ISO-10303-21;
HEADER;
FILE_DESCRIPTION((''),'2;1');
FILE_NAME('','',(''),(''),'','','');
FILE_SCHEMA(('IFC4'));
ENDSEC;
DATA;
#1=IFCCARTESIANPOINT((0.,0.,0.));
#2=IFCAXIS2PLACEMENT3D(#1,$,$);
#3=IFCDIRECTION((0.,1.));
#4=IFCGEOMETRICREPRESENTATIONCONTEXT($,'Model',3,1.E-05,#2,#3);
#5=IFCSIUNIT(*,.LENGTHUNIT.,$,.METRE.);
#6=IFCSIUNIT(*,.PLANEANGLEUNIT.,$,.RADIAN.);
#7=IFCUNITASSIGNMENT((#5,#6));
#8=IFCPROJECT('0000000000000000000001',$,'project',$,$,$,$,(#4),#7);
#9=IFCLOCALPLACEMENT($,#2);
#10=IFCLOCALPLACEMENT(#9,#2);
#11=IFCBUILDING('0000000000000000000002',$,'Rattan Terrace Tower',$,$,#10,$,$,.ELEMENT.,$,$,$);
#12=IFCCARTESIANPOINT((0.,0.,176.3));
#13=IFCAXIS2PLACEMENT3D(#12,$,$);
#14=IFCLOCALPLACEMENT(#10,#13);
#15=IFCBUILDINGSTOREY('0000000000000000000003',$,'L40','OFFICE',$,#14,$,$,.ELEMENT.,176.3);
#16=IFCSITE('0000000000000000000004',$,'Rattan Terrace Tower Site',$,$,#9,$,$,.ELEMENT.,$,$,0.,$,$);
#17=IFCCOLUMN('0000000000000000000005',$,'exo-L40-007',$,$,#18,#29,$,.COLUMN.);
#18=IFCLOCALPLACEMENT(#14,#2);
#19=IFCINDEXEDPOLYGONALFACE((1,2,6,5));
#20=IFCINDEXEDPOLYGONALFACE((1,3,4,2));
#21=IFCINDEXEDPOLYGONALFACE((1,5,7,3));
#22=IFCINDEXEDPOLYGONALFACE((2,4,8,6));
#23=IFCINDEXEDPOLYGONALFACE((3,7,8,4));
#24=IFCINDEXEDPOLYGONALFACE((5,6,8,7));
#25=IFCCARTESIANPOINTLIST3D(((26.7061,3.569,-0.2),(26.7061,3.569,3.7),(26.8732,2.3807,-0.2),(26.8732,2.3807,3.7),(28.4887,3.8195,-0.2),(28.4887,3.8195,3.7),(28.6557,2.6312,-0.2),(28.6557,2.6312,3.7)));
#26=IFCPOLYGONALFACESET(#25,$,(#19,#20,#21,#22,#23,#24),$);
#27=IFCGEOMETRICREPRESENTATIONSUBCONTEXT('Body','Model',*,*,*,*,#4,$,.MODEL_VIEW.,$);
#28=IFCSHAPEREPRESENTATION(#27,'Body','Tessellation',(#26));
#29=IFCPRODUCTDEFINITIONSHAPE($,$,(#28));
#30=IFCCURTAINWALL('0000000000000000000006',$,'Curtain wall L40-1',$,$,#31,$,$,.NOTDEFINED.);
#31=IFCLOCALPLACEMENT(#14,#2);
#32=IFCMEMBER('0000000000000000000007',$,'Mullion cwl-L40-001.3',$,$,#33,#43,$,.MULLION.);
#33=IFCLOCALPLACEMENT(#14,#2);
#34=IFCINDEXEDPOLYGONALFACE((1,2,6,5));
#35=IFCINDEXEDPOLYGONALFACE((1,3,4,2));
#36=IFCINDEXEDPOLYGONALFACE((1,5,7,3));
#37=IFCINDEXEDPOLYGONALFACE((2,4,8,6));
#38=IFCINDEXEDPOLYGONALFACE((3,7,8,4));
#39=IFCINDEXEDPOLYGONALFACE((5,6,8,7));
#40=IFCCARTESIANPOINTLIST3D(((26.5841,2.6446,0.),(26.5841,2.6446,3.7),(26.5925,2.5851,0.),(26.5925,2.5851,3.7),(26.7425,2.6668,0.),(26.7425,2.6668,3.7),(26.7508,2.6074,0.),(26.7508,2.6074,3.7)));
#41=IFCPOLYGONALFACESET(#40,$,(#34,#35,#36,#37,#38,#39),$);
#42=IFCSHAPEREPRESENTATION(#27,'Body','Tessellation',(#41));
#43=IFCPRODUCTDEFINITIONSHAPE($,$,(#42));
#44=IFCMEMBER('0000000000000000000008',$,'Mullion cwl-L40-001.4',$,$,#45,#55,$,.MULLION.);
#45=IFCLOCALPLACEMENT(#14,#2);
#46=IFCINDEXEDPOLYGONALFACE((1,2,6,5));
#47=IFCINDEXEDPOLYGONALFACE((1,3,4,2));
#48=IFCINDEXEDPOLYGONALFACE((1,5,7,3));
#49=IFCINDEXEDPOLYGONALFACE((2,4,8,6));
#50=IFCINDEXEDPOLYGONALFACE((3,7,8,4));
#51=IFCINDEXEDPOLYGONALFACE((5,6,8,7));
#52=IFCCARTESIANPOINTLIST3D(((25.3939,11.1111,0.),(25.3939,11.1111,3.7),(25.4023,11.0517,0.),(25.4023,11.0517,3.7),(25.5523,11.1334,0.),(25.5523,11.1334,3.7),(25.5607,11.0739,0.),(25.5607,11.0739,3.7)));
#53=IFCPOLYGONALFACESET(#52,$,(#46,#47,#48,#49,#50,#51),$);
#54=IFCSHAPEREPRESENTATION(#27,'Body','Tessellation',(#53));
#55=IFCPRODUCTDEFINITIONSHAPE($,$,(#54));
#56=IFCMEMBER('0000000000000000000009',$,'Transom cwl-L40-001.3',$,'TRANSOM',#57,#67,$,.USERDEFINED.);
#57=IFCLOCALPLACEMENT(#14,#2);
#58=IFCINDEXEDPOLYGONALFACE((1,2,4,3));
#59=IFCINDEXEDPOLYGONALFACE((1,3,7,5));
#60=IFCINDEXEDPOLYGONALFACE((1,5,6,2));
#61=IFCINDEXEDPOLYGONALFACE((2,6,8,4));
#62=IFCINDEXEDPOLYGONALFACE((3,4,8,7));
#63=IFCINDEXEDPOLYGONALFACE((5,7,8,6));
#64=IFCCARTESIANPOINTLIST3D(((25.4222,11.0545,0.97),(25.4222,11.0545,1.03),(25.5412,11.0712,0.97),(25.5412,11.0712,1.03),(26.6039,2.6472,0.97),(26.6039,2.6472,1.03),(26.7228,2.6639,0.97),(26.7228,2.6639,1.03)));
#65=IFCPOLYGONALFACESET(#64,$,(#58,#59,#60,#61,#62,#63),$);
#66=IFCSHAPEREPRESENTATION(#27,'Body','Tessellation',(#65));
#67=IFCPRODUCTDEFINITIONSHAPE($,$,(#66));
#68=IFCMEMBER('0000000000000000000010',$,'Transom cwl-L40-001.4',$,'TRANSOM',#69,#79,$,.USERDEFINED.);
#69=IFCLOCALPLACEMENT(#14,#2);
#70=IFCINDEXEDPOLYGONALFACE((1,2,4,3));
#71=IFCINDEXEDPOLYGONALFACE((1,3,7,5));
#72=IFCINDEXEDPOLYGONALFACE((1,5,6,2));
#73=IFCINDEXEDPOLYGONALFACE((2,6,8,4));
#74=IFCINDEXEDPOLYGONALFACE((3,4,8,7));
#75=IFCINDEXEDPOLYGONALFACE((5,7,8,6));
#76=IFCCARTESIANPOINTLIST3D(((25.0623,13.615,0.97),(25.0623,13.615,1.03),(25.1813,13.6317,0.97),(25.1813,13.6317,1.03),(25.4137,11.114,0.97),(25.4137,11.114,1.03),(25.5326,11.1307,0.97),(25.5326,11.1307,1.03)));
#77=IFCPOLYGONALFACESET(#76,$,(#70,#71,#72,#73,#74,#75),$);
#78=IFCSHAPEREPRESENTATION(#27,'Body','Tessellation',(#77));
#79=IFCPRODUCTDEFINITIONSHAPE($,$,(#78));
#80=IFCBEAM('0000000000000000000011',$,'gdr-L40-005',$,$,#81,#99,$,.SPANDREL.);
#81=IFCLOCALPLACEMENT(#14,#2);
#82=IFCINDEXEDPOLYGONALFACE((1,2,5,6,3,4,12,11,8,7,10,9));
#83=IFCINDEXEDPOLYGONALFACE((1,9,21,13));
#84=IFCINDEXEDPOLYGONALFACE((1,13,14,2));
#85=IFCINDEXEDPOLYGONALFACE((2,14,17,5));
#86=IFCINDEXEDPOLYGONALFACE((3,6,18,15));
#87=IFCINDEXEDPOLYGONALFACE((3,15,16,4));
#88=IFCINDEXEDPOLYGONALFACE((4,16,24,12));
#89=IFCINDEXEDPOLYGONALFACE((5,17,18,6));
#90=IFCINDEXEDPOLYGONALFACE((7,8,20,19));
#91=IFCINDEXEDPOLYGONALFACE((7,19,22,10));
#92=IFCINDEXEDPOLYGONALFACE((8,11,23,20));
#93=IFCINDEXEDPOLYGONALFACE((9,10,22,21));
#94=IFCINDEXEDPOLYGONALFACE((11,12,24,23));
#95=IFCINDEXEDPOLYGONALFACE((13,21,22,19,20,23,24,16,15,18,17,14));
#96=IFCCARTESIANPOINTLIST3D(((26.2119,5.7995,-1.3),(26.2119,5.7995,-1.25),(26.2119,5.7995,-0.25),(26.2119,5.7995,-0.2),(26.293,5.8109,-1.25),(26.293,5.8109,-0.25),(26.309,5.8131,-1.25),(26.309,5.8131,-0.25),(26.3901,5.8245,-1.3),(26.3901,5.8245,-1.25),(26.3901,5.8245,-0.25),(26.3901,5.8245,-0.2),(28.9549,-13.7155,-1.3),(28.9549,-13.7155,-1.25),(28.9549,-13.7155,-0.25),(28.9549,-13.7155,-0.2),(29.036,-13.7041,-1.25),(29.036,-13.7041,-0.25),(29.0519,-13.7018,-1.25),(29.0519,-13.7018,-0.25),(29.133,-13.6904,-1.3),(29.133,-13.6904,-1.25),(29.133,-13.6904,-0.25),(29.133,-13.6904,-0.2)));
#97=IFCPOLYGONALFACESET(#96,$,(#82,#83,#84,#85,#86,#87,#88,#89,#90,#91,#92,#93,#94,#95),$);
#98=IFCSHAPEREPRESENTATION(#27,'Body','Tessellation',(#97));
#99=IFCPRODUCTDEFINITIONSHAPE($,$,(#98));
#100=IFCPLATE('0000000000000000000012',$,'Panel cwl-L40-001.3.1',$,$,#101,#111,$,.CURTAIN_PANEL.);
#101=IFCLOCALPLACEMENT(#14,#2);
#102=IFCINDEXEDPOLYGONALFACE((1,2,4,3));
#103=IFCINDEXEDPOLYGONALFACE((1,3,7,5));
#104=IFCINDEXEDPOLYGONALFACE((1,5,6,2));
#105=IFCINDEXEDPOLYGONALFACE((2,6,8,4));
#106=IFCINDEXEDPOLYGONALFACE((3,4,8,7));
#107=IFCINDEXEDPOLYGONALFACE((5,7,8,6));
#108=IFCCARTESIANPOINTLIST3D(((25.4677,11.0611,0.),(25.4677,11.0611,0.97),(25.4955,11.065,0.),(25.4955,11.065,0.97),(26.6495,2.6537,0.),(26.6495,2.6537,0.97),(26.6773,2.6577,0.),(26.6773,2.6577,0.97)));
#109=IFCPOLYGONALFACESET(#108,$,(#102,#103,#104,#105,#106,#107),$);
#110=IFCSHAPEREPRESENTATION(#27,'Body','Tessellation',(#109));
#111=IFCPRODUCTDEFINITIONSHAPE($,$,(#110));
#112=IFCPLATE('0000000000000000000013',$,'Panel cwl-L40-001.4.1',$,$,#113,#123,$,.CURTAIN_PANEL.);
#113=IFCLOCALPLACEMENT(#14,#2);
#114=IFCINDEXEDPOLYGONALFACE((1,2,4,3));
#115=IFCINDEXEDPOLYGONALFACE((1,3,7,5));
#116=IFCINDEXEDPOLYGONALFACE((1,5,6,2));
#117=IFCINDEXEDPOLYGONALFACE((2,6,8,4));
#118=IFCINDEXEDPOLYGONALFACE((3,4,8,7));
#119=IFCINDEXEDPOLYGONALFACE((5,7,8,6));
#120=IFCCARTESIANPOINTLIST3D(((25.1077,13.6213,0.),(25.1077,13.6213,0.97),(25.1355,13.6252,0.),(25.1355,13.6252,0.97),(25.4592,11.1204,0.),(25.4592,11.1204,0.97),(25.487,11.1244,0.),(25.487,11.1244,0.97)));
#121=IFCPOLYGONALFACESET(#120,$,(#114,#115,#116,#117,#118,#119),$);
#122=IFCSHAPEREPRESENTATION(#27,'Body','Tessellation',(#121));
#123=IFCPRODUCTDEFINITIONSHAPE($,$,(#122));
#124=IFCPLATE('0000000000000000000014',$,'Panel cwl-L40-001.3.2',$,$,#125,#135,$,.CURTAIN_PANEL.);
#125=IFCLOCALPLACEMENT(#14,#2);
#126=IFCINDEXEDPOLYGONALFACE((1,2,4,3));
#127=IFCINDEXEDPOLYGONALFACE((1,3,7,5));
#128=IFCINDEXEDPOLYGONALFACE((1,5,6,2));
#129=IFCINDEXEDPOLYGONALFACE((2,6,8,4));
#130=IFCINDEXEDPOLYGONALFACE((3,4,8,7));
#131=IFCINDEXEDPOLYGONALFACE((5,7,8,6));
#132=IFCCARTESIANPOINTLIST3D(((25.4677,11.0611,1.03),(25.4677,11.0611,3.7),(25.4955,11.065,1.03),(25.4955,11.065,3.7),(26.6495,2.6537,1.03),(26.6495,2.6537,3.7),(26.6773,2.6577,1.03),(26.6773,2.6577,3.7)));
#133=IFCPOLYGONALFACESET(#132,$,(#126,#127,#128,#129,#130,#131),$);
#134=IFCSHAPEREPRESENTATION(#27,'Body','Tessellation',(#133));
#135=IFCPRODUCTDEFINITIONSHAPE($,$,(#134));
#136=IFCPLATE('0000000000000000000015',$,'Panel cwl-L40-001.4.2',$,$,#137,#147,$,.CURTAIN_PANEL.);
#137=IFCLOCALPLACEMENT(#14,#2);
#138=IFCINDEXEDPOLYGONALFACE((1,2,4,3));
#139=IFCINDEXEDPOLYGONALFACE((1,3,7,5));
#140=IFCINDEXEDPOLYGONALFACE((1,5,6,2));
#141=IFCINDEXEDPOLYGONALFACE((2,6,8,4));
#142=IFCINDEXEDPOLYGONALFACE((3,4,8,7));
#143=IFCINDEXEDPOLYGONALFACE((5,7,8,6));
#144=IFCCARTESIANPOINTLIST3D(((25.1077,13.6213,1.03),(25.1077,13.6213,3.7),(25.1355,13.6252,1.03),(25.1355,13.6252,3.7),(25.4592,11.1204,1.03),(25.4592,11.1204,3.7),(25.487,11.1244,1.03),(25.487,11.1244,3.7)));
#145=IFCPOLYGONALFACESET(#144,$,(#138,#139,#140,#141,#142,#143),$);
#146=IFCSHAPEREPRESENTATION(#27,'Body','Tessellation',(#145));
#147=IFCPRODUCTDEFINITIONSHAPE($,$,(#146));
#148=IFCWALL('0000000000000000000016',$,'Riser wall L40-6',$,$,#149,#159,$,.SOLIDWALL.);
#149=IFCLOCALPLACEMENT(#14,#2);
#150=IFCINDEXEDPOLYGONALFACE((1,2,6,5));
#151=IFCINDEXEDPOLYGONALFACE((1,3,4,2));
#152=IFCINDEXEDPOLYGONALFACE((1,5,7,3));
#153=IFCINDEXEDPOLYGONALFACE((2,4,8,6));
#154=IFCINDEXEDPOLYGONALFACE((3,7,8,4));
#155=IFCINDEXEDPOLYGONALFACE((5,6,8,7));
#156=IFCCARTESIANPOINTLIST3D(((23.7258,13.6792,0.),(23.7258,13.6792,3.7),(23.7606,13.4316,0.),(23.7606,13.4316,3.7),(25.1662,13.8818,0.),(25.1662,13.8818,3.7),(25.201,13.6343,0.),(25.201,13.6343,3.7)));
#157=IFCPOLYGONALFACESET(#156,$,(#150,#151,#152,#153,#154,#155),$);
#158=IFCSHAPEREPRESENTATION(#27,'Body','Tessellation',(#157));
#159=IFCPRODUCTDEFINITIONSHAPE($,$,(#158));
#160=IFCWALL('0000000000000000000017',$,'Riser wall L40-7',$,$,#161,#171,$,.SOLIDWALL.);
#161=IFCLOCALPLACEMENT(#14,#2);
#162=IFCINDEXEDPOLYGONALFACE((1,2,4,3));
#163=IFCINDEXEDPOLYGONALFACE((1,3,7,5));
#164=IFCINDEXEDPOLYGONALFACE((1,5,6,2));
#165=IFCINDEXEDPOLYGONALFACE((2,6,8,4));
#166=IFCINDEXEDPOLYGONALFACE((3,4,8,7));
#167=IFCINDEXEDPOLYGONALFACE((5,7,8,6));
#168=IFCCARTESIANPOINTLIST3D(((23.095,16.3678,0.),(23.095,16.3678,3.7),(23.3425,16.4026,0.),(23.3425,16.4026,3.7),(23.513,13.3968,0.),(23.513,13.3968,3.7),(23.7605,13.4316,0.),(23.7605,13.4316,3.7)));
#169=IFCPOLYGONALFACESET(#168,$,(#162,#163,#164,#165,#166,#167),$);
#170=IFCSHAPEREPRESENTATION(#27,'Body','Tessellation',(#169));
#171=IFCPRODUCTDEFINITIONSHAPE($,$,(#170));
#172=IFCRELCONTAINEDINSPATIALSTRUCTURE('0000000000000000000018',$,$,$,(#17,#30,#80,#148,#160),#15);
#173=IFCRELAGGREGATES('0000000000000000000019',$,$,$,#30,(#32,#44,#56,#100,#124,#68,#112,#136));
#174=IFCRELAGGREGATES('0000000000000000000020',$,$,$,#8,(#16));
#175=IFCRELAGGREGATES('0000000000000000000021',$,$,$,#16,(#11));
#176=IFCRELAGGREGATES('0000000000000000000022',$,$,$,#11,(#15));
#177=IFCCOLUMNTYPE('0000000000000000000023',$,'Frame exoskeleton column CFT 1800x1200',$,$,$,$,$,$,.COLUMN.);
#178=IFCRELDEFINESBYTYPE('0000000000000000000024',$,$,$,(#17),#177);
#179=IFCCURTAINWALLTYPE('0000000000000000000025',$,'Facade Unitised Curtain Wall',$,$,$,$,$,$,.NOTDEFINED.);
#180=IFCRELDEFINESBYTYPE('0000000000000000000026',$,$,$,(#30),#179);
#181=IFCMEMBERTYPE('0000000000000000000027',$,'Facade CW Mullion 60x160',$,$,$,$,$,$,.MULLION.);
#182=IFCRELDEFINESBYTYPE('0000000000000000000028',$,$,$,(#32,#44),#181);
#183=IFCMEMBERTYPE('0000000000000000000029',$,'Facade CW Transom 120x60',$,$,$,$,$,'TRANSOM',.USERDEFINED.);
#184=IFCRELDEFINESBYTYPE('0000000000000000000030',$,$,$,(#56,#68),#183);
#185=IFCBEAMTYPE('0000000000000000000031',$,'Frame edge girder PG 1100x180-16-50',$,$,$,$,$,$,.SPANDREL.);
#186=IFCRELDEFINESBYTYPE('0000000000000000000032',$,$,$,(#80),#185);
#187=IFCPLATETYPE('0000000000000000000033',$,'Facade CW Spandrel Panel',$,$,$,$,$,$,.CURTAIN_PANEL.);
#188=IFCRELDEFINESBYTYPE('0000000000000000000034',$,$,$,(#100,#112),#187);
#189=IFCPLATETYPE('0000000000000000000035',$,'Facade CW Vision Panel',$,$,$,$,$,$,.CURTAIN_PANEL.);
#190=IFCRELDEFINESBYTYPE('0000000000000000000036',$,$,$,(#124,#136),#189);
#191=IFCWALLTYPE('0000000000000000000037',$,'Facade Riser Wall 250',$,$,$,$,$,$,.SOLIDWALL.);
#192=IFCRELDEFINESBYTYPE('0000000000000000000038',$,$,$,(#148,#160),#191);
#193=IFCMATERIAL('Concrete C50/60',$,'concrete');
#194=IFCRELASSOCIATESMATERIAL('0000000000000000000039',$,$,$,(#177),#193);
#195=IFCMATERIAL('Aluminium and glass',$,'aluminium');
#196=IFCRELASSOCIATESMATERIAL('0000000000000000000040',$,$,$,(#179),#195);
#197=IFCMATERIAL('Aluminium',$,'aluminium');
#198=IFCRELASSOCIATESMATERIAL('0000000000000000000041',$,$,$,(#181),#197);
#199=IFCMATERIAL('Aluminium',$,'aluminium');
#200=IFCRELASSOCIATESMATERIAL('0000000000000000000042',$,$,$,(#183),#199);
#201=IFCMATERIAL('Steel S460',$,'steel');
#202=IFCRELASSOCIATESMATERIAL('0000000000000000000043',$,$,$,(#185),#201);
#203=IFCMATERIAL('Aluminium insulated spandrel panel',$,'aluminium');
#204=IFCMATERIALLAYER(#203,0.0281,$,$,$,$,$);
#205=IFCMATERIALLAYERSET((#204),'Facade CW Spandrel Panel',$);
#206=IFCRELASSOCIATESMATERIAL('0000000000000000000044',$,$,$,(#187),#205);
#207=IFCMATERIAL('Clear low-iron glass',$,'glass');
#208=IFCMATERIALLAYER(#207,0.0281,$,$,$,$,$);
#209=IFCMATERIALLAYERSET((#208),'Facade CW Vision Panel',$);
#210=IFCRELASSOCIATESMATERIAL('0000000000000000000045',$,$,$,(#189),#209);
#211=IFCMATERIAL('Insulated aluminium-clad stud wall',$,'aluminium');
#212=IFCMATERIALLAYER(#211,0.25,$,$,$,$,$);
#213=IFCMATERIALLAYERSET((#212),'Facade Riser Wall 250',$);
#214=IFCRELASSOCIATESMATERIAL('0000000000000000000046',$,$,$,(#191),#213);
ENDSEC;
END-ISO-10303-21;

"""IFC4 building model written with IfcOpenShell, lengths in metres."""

from ifc_helpers import new_model, si_unit, direction, frame, frame_2d, origin, origin_2d, place, context, subcontext, project, spatial, rectangle, i_section, extrude, material, layer, layer_set, material_profile, profile_set, type_object, element, aggregate, save


model = new_model("IFC4")

# Units and contexts
model_context = context("Model", 3, precision=1e-05, world=origin(), true_north=direction((0.0, 1.0)))
body_context = subcontext(model_context, "Body", "Model", "MODEL_VIEW")
ifc_project = project(units=[si_unit("LENGTHUNIT", "METRE"), si_unit("PLANEANGLEUNIT", "RADIAN")], contexts=[model_context])

# Site, building, storey
site_placement = place(None, origin())
site = spatial("IfcSite", under=ifc_project, at=site_placement, Name="Rattan Terrace Tower Site", CompositionType="ELEMENT", RefElevation=0.0)
building_placement = place(site_placement, origin())
building = spatial("IfcBuilding", under=site, at=building_placement, Name="Rattan Terrace Tower", CompositionType="ELEMENT")
storey_placement = place(building_placement, frame((0.0, 0.0, 176.3)))
storey = spatial("IfcBuildingStorey", under=building, at=storey_placement, Name="L40", Description="OFFICE", CompositionType="ELEMENT", Elevation=176.3)

# Column
ifc_material_1 = material(Name="Concrete C50/60", Category="concrete")
ifc_material_profile_1 = material_profile(ifc_material_1, rectangle(XDim=1.2, YDim=1.8, at=origin_2d()), Name="CFT 1800x1200")
ifc_profile_set_1 = profile_set([ifc_material_profile_1], Name="Concrete C50/60")
column_type = type_object("IfcColumnType", Name="Frame exoskeleton column CFT 1800x1200", PredefinedType="COLUMN", material=ifc_profile_set_1)
column_placement = place(storey_placement, frame((27.6809, 3.1001, -0.2), z_axis=(0.0, 0.0, 1.0), x_axis=(-0.13919, 0.990266, 0.0)))
element("IfcColumn", 1, at=column_placement, inside=storey, type_object=column_type, Name="exo-L40-007", PredefinedType="COLUMN", context=body_context, shape_type="SweptSolid", body=[
    extrude(rectangle(XDim=1.2, YDim=1.8, at=origin_2d()), origin(), (0.0, 0.0, 1.0), 3.8999),
])

# Curtain wall, members
ifc_material_2 = material(Name="Aluminium and glass", Category="aluminium")
curtain_wall_type = type_object("IfcCurtainWallType", Name="Facade Unitised Curtain Wall", PredefinedType="NOTDEFINED", material=ifc_material_2)
curtain_wall_placement = place(storey_placement, origin())
curtain_wall = element("IfcCurtainWall", 2, at=curtain_wall_placement, inside=storey, type_object=curtain_wall_type, Name="Curtain wall L40-1", PredefinedType="NOTDEFINED")
ifc_material_3 = material(Name="Aluminium", Category="aluminium")
ifc_material_profile_2 = material_profile(ifc_material_3, rectangle(XDim=0.0601, YDim=0.1599, at=origin_2d()), Name="Aluminium 60x160")
ifc_profile_set_2 = profile_set([ifc_material_profile_2], Name="Aluminium")
member_type_1 = type_object("IfcMemberType", Name="Facade CW Mullion 60x160", PredefinedType="MULLION", material=ifc_profile_set_2)
member_1_placement = place(storey_placement, frame((26.6675, 2.626, 0.0), z_axis=(0.0, 0.0, 1.0), x_axis=(-0.139191, 0.990266, 0.0)))
member_1 = element("IfcMember", 3, at=member_1_placement, type_object=member_type_1, Name="Mullion cwl-L40-001.3", PredefinedType="MULLION", context=body_context, shape_type="SweptSolid", body=[
    extrude(rectangle(XDim=0.0601, YDim=0.1599, at=origin_2d()), origin(), (0.0, 0.0, 1.0), 3.7),
])
member_2_placement = place(storey_placement, frame((25.4773, 11.0925, 0.0), z_axis=(0.0, 0.0, 1.0), x_axis=(-0.139191, 0.990266, 0.0)))
member_2 = element("IfcMember", 4, at=member_2_placement, type_object=member_type_1, Name="Mullion cwl-L40-001.4", PredefinedType="MULLION", context=body_context, shape_type="SweptSolid", body=[
    extrude(rectangle(XDim=0.0601, YDim=0.1599, at=origin_2d()), origin(), (0.0, 0.0, 1.0), 3.7),
])
ifc_material_4 = material(Name="Aluminium", Category="aluminium")
ifc_material_profile_3 = material_profile(ifc_material_4, rectangle(XDim=0.1201, YDim=0.0601, at=origin_2d()), Name="Aluminium 120x60")
ifc_profile_set_3 = profile_set([ifc_material_profile_3], Name="Aluminium")
member_type_2 = type_object("IfcMemberType", Name="Facade CW Transom 120x60", ElementType="TRANSOM", PredefinedType="USERDEFINED", material=ifc_profile_set_3)
member_3_placement = place(storey_placement, frame((26.6633, 2.6555, 1.0), z_axis=(-0.139179, 0.990267, 0.0), x_axis=(-0.990267, -0.139179, 0.0)))
member_3 = element("IfcMember", 5, at=member_3_placement, type_object=member_type_2, Name="Transom cwl-L40-001.3", ObjectType="TRANSOM", PredefinedType="USERDEFINED", context=body_context, shape_type="SweptSolid", body=[
    extrude(rectangle(XDim=0.1201, YDim=0.0601, at=origin_2d()), origin(), (0.0, 0.0, 1.0), 8.49),
])
member_4_placement = place(storey_placement, frame((25.4731, 11.1223, 1.0), z_axis=(-0.139107, 0.990277, 0.0), x_axis=(-0.990277, -0.139107, 0.0)))
member_4 = element("IfcMember", 6, at=member_4_placement, type_object=member_type_2, Name="Transom cwl-L40-001.4", ObjectType="TRANSOM", PredefinedType="USERDEFINED", context=body_context, shape_type="SweptSolid", body=[
    extrude(rectangle(XDim=0.1201, YDim=0.0601, at=origin_2d()), origin(), (0.0, 0.0, 1.0), 2.5256),
])

# Beam
ifc_material_5 = material(Name="Steel S460", Category="steel")
ifc_material_profile_4 = material_profile(ifc_material_5, i_section(OverallWidth=0.1799, OverallDepth=1.1001, WebThickness=0.0161, FlangeThickness=0.05, at=origin_2d()), Name="PG 1100x180-16-50")
ifc_profile_set_4 = profile_set([ifc_material_profile_4], Name="Steel S460")
beam_type = type_object("IfcBeamType", Name="Frame edge girder PG 1100x180-16-50", PredefinedType="SPANDREL", material=ifc_profile_set_4)
beam_placement = place(storey_placement, frame((26.301, 5.812, -0.75), z_axis=(0.139187, -0.990266, 0.0), x_axis=(0.990266, 0.139187, 0.0)))
element("IfcBeam", 7, at=beam_placement, inside=storey, type_object=beam_type, Name="gdr-L40-005", PredefinedType="SPANDREL", context=body_context, shape_type="SweptSolid", body=[
    extrude(i_section(OverallWidth=0.1799, OverallDepth=1.1001, WebThickness=0.0161, FlangeThickness=0.05, at=origin_2d()), origin(), (0.0, 0.0, 1.0), 19.7068),
])

# Plates
ifc_material_6 = material(Name="Aluminium insulated spandrel panel", Category="aluminium")
ifc_layer_1 = layer(ifc_material_6, 0.0281)
ifc_layer_set_1 = layer_set([ifc_layer_1], Name="Facade CW Spandrel Panel")
plate_type_1 = type_object("IfcPlateType", Name="Facade CW Spandrel Panel", PredefinedType="CURTAIN_PANEL", material=ifc_layer_set_1)
plate_1_placement = place(storey_placement, frame((26.0725, 6.8594, 0.0), z_axis=(0.0, 0.0, 1.0), x_axis=(-0.139191, 0.990266, 0.0)))
plate_1 = element("IfcPlate", 8, at=plate_1_placement, type_object=plate_type_1, Name="Panel cwl-L40-001.3.1", PredefinedType="CURTAIN_PANEL", context=body_context, shape_type="SweptSolid", body=[
    extrude(rectangle(XDim=8.49, YDim=0.0281, at=origin_2d()), origin(), (0.0, 0.0, 1.0), 0.97),
])
plate_2_placement = place(storey_placement, frame((25.2974, 12.3728, 0.0), z_axis=(0.0, 0.0, 1.0), x_axis=(-0.139191, 0.990266, 0.0)))
plate_2 = element("IfcPlate", 9, at=plate_2_placement, type_object=plate_type_1, Name="Panel cwl-L40-001.4.1", PredefinedType="CURTAIN_PANEL", context=body_context, shape_type="SweptSolid", body=[
    extrude(rectangle(XDim=2.5254, YDim=0.0281, at=origin_2d()), origin(), (0.0, 0.0, 1.0), 0.97),
])
ifc_material_7 = material(Name="Clear low-iron glass", Category="glass")
ifc_layer_2 = layer(ifc_material_7, 0.0281)
ifc_layer_set_2 = layer_set([ifc_layer_2], Name="Facade CW Vision Panel")
plate_type_2 = type_object("IfcPlateType", Name="Facade CW Vision Panel", PredefinedType="CURTAIN_PANEL", material=ifc_layer_set_2)
plate_3_placement = place(storey_placement, frame((26.0725, 6.8594, 1.03), z_axis=(0.0, 0.0, 1.0), x_axis=(-0.139191, 0.990266, 0.0)))
plate_3 = element("IfcPlate", 10, at=plate_3_placement, type_object=plate_type_2, Name="Panel cwl-L40-001.3.2", PredefinedType="CURTAIN_PANEL", context=body_context, shape_type="SweptSolid", body=[
    extrude(rectangle(XDim=8.49, YDim=0.0281, at=origin_2d()), origin(), (0.0, 0.0, 1.0), 2.6699),
])
plate_4_placement = place(storey_placement, frame((25.2974, 12.3728, 1.03), z_axis=(0.0, 0.0, 1.0), x_axis=(-0.139191, 0.990266, 0.0)))
plate_4 = element("IfcPlate", 11, at=plate_4_placement, type_object=plate_type_2, Name="Panel cwl-L40-001.4.2", PredefinedType="CURTAIN_PANEL", context=body_context, shape_type="SweptSolid", body=[
    extrude(rectangle(XDim=2.5254, YDim=0.0281, at=origin_2d()), origin(), (0.0, 0.0, 1.0), 2.6699),
])
aggregate(curtain_wall, [member_1, member_2, member_3, plate_1, plate_3, member_4, plate_2, plate_4])

# Walls
ifc_material_8 = material(Name="Insulated aluminium-clad stud wall", Category="aluminium")
ifc_layer_3 = layer(ifc_material_8, 0.25)
ifc_layer_set_3 = layer_set([ifc_layer_3], Name="Facade Riser Wall 250")
wall_type_1 = type_object("IfcWallType", Name="Facade Riser Wall 250", PredefinedType="SOLIDWALL", material=ifc_layer_set_3)
wall_1_placement = place(storey_placement, frame((25.1836, 13.7581, 0.0), z_axis=(0.0, 0.0, 1.0), x_axis=(-0.990249, -0.139306, 0.0)))
element("IfcWall", 12, at=wall_1_placement, inside=storey, type_object=wall_type_1, Name="Riser wall L40-6", PredefinedType="SOLIDWALL", context=body_context, shape_type="SweptSolid", body=[
    extrude(rectangle(XDim=1.4546, YDim=0.25, at=frame_2d((0.7273, 0.0))), origin(), (0.0, 0.0, 1.0), 3.7),
])
wall_2_placement = place(storey_placement, frame((23.6367, 13.4143, 0.0), z_axis=(0.0, 0.0, 1.0), x_axis=(-0.139313, 0.990248, 0.0)))
element("IfcWall", 13, at=wall_2_placement, inside=storey, type_object=wall_type_1, Name="Riser wall L40-7", PredefinedType="SOLIDWALL", context=body_context, shape_type="SweptSolid", body=[
    extrude(rectangle(XDim=3.0002, YDim=0.25, at=frame_2d((1.5, 0.0))), origin(), (0.0, 0.0, 1.0), 3.7),
])

save(model, "model.ifc")
